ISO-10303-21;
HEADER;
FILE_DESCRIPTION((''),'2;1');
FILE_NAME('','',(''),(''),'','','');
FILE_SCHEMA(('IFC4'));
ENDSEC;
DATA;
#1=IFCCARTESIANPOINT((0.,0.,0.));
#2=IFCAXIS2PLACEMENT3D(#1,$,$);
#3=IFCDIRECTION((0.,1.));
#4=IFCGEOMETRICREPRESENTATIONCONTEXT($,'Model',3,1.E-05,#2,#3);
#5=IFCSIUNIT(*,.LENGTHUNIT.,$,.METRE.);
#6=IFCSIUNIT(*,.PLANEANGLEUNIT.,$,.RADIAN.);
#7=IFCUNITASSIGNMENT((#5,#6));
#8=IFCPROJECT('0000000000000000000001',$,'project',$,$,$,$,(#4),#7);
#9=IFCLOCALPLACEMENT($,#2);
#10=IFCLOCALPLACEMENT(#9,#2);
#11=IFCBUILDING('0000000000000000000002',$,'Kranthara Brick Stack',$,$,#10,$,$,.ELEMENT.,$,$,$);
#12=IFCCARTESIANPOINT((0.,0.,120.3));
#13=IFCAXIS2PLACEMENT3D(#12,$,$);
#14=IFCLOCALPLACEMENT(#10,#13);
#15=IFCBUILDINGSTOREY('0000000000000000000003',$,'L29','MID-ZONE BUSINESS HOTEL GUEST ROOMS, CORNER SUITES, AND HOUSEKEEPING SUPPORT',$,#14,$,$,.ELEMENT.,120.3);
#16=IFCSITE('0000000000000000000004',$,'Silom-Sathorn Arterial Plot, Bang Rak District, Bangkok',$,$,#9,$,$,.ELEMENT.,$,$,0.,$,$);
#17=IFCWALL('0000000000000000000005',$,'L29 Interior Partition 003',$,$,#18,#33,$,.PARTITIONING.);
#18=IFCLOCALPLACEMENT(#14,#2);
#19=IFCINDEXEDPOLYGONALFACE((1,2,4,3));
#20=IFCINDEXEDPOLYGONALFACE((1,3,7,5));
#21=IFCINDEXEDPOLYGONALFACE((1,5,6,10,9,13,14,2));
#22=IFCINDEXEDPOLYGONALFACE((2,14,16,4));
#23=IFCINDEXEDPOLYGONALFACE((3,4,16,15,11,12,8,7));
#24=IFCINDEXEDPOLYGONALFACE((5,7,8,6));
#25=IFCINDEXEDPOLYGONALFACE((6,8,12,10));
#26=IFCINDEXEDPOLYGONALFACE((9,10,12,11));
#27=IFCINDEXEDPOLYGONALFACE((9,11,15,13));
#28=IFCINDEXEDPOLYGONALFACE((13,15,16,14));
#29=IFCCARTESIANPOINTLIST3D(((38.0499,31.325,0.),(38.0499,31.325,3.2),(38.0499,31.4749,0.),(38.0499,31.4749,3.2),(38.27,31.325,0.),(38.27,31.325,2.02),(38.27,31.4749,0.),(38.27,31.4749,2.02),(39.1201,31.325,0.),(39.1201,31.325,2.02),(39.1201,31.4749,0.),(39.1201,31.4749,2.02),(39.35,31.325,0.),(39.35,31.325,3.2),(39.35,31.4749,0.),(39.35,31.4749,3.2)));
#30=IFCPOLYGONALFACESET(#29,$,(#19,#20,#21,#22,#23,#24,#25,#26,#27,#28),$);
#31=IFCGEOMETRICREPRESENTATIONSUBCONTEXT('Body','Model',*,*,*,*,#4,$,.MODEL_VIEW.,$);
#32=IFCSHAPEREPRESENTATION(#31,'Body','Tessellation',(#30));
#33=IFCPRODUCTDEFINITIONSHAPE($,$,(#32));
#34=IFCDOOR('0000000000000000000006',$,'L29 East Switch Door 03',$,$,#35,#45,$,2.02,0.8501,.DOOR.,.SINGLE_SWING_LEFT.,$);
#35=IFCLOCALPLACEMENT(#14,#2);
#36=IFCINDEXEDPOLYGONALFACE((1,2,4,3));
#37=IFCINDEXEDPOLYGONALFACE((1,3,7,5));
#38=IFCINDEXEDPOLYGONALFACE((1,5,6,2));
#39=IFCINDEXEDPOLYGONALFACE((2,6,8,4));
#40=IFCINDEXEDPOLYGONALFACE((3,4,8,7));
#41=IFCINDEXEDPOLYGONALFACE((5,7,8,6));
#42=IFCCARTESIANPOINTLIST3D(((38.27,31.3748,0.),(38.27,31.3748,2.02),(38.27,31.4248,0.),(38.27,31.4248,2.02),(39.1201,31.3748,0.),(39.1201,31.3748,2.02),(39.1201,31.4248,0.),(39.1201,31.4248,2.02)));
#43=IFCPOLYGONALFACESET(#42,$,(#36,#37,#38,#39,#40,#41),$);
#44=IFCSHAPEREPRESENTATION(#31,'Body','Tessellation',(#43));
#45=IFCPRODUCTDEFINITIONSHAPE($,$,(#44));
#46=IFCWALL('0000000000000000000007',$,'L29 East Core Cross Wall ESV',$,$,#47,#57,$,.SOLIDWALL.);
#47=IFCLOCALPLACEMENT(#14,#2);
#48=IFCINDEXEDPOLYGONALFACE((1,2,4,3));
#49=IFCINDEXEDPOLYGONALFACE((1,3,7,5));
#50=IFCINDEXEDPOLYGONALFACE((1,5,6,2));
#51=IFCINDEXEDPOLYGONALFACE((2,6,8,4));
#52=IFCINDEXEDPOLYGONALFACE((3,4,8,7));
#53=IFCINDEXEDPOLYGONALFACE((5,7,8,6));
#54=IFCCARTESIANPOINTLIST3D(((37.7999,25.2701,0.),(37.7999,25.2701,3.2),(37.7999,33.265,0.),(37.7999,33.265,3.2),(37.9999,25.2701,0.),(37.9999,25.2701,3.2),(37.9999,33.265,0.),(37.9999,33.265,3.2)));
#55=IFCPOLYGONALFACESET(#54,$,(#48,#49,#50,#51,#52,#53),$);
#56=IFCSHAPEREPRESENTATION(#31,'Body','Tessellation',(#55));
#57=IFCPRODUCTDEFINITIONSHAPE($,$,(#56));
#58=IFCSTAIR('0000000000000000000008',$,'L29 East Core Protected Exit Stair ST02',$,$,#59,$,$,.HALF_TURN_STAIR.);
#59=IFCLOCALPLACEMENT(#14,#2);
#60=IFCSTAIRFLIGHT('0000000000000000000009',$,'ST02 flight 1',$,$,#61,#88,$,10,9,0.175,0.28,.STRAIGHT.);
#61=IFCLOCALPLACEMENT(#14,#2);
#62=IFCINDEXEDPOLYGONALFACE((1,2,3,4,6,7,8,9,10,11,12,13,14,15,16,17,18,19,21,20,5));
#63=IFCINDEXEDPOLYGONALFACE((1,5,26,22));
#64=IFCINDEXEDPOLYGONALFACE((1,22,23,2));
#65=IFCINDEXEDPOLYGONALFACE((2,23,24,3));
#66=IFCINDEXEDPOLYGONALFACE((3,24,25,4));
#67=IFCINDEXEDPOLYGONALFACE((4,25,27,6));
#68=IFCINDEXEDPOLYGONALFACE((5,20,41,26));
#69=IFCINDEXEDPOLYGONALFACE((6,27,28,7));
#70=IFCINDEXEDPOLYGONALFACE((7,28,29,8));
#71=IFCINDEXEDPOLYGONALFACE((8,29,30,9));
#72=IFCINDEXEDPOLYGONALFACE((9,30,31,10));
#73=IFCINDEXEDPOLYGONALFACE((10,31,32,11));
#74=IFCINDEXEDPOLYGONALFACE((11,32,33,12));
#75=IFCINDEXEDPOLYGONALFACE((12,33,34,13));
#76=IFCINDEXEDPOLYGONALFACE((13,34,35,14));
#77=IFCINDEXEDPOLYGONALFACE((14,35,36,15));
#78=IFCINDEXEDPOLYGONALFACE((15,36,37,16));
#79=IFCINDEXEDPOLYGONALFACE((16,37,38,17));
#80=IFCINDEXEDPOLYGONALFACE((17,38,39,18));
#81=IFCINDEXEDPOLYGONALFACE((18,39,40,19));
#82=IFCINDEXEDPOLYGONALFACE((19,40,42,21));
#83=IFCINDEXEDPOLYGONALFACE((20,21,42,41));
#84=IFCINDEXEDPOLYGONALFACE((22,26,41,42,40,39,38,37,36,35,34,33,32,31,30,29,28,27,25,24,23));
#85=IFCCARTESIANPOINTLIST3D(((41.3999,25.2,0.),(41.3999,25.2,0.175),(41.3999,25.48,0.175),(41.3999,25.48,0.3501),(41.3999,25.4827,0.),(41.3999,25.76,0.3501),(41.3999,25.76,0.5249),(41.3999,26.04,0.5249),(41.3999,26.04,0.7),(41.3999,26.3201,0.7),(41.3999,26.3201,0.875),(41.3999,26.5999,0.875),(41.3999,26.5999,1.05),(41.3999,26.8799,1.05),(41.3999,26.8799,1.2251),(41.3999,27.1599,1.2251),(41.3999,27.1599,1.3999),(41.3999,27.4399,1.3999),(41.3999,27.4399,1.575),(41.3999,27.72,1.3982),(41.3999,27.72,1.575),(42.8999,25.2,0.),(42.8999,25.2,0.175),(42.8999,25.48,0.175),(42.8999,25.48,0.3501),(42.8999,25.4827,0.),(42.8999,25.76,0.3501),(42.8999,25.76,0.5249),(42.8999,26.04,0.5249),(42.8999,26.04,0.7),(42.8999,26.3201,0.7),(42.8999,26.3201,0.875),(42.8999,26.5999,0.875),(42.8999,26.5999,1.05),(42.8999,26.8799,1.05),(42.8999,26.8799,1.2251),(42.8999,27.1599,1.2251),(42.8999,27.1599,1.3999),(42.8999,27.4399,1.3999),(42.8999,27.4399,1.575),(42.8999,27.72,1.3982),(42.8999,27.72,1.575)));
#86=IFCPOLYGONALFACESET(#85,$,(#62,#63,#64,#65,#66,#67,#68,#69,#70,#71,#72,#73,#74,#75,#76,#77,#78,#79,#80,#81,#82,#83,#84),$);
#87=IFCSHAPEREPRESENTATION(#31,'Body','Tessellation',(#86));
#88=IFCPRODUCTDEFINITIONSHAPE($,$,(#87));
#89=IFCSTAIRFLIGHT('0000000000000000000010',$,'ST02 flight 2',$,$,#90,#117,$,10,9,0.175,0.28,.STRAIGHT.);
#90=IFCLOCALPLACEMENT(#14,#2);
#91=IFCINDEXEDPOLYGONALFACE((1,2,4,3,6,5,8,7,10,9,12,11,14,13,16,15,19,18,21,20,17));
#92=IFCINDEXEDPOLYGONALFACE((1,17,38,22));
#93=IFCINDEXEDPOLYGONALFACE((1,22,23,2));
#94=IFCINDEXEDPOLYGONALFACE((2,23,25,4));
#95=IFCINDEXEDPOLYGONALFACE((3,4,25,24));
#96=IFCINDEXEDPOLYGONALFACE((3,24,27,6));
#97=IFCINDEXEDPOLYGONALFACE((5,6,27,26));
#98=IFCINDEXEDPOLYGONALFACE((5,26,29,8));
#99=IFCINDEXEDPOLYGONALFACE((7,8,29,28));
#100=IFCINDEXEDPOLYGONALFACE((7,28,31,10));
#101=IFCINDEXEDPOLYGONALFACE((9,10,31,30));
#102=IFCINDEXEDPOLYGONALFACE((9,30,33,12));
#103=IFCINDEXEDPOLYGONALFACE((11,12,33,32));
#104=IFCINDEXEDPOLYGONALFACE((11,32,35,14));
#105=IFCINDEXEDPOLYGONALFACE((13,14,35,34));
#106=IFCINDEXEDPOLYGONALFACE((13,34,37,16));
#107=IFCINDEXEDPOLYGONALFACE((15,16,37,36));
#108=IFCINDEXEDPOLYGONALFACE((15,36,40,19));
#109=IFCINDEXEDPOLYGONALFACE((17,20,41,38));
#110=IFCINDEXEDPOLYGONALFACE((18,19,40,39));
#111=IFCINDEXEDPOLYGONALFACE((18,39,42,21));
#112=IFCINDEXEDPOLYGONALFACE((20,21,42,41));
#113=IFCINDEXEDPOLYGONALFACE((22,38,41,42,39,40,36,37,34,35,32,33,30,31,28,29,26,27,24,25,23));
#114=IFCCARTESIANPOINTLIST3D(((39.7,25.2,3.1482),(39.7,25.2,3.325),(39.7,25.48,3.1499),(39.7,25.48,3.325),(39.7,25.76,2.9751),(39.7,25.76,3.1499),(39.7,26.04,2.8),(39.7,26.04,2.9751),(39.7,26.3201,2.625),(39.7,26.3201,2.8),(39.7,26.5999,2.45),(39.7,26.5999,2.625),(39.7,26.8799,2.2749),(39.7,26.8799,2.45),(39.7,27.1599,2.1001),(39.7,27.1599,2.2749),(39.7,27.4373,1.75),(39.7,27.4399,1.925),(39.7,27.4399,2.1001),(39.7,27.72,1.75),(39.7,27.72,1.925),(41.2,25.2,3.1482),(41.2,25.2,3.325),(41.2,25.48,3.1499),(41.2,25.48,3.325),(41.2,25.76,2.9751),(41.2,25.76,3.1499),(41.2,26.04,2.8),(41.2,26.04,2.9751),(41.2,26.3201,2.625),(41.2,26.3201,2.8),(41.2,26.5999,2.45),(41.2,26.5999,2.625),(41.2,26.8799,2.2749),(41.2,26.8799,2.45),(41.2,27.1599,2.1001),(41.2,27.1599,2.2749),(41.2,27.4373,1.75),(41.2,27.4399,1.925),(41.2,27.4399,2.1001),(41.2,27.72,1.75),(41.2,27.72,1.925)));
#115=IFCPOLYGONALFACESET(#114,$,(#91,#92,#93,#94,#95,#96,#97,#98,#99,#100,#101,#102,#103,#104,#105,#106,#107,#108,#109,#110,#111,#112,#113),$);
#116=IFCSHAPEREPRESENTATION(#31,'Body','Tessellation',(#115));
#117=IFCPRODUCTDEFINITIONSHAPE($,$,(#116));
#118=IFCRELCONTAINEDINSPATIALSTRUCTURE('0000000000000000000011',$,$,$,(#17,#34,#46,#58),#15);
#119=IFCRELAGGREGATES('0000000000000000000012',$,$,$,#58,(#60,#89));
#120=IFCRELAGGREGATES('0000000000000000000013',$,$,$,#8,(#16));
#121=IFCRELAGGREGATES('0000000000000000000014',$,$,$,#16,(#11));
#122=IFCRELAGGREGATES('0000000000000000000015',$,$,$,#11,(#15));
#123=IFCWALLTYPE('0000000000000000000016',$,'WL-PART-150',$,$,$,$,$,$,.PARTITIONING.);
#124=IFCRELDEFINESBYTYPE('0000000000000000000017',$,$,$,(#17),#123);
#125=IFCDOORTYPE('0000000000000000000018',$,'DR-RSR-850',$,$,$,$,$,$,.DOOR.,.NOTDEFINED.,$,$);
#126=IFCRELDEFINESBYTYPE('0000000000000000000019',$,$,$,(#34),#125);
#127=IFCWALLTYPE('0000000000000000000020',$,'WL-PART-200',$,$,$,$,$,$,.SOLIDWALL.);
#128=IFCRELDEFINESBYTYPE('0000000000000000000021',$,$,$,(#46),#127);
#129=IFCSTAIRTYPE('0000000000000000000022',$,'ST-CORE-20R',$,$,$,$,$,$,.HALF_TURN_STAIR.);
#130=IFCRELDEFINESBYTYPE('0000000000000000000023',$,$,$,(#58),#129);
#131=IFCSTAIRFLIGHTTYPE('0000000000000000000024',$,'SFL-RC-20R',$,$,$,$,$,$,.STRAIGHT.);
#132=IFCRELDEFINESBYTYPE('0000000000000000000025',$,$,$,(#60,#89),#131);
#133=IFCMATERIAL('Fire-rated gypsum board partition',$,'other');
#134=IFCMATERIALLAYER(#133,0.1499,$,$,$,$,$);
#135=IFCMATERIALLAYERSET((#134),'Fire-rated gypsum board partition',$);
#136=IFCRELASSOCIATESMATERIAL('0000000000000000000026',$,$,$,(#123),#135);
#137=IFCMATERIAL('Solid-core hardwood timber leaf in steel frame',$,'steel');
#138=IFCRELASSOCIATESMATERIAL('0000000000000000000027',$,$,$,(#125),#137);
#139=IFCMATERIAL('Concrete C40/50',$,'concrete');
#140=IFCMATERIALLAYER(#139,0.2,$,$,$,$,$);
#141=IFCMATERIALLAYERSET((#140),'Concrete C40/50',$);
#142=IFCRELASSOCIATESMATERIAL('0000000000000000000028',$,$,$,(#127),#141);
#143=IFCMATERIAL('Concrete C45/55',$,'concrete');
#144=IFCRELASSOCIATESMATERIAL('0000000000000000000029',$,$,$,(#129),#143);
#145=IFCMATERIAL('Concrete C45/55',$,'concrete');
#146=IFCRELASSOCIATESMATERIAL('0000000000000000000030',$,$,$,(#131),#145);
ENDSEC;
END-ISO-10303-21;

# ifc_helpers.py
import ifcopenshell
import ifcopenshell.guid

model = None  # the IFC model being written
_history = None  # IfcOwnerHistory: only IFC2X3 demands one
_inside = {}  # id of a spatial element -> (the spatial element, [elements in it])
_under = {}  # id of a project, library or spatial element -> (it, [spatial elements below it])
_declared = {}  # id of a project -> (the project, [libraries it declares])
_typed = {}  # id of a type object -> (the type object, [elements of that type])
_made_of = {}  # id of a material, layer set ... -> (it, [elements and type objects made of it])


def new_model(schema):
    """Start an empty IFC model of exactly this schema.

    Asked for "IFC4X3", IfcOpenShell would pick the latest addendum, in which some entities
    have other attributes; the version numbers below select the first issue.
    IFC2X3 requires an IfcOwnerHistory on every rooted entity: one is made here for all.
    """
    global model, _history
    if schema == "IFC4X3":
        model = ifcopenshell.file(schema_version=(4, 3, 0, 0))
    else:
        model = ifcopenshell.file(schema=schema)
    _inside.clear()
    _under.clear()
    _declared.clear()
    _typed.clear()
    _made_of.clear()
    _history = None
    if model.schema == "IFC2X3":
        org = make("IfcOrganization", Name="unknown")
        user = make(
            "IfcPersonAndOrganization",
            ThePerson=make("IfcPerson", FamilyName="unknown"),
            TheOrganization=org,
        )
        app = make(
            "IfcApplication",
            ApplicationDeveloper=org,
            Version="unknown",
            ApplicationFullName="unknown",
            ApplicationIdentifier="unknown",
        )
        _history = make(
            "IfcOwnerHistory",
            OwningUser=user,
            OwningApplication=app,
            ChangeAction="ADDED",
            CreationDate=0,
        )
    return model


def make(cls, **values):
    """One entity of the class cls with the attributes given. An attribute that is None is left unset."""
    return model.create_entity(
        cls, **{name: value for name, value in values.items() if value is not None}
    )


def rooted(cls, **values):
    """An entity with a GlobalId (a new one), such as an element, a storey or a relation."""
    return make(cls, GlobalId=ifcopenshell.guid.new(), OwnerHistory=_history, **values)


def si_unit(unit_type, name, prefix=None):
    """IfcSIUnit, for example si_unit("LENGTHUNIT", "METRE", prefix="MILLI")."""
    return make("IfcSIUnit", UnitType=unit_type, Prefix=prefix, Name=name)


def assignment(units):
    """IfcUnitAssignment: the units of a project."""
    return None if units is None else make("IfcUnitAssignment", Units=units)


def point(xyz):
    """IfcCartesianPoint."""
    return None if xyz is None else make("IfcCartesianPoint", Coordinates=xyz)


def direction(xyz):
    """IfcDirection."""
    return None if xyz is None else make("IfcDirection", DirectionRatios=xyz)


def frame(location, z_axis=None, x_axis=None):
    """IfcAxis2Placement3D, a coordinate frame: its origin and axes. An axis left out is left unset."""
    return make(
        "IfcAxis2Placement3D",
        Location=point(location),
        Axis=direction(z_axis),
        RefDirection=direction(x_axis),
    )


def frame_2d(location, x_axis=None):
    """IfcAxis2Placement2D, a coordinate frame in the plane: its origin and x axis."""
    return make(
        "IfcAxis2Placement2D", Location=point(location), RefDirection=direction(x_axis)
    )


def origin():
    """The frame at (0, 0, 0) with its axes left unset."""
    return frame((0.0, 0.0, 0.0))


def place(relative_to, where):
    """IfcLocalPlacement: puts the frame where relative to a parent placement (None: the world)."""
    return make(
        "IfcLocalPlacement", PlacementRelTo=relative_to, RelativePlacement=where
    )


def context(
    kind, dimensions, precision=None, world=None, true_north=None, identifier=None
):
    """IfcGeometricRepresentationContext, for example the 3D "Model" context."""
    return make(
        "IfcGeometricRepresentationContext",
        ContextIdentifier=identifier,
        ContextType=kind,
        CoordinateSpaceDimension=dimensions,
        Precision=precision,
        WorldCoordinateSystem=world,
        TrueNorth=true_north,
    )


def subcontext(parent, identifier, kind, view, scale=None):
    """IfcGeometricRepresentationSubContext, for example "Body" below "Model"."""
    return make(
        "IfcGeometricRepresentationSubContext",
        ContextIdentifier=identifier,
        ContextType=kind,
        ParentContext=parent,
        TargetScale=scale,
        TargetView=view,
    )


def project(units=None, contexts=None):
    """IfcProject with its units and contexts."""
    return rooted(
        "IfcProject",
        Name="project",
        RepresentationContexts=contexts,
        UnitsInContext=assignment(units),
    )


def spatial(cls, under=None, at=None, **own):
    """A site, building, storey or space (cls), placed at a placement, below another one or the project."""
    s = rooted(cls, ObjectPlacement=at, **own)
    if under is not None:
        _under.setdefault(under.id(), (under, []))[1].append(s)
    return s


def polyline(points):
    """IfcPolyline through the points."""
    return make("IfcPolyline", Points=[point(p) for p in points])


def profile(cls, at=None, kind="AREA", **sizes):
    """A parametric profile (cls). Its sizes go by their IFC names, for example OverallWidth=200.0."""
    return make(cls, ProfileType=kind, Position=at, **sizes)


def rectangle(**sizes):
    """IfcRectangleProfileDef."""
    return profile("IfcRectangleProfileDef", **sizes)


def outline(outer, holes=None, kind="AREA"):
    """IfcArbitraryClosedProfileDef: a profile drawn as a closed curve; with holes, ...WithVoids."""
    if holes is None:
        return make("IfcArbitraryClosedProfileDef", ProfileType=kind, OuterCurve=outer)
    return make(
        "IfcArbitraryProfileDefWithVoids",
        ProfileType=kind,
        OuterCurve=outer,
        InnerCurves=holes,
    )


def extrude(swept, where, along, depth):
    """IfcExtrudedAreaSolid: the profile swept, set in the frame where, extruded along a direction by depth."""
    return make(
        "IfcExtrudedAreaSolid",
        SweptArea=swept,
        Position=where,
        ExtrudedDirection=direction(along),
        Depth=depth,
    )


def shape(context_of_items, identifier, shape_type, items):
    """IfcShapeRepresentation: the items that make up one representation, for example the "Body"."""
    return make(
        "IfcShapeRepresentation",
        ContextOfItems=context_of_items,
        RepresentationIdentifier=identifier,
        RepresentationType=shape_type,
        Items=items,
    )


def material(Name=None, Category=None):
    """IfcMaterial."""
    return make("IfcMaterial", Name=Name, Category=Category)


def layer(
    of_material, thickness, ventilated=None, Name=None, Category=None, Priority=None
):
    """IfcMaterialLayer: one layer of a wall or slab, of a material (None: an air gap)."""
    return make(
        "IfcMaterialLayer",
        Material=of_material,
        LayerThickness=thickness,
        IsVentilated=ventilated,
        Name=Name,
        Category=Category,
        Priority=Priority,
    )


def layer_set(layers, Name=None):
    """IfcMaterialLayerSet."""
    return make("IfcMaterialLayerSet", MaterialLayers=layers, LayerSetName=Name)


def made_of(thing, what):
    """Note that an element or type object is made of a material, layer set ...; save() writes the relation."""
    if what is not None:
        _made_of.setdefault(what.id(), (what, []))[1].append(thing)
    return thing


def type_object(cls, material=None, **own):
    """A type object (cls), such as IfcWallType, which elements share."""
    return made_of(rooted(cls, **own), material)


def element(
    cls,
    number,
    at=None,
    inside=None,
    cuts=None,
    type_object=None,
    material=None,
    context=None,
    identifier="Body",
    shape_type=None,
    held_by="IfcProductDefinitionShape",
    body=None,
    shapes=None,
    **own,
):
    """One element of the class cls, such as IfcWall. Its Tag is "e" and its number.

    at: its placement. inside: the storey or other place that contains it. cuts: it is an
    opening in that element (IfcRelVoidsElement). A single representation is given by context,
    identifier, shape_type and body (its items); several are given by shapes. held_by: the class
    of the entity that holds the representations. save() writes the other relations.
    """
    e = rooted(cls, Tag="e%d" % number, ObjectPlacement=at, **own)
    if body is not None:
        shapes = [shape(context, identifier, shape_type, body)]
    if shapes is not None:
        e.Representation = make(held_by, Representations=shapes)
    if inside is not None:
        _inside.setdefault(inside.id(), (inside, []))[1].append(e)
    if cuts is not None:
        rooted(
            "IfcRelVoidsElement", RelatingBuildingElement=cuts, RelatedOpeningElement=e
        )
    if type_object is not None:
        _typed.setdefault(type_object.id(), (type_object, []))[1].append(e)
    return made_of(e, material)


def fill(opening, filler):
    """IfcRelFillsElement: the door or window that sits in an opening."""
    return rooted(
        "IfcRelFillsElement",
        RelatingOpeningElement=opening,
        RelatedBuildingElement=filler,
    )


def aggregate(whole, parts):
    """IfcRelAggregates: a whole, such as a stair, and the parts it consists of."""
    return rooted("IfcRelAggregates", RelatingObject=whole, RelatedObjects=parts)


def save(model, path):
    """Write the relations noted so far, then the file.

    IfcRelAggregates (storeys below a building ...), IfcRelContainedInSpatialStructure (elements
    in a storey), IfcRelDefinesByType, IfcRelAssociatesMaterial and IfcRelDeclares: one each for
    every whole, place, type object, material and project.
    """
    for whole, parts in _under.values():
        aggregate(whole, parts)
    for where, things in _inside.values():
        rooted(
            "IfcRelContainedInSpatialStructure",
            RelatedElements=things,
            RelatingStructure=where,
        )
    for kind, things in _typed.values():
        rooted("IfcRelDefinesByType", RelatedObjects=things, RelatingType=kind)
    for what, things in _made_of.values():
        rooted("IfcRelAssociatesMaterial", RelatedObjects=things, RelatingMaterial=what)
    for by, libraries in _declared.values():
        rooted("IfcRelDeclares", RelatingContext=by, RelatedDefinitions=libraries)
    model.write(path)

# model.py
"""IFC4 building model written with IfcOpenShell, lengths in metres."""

from ifc_helpers import new_model, si_unit, direction, frame, frame_2d, origin, place, context, subcontext, project, spatial, polyline, rectangle, outline, extrude, material, layer, layer_set, type_object, element, fill, aggregate, save


model = new_model("IFC4")

# Units and contexts
model_context = context("Model", 3, precision=1e-05, world=origin(), true_north=direction((0.0, 1.0)))
body_context = subcontext(model_context, "Body", "Model", "MODEL_VIEW")
ifc_project = project(units=[si_unit("LENGTHUNIT", "METRE"), si_unit("PLANEANGLEUNIT", "RADIAN")], contexts=[model_context])

# Site, building, storey
site_placement = place(None, origin())
site = spatial("IfcSite", under=ifc_project, at=site_placement, Name="Silom-Sathorn Arterial Plot, Bang Rak District, Bangkok", CompositionType="ELEMENT", RefElevation=0.0)
building_placement = place(site_placement, origin())
building = spatial("IfcBuilding", under=site, at=building_placement, Name="Kranthara Brick Stack", CompositionType="ELEMENT")
storey_placement = place(building_placement, frame((0.0, 0.0, 120.3)))
storey = spatial("IfcBuildingStorey", under=building, at=storey_placement, Name="L29", Description="MID-ZONE BUSINESS HOTEL GUEST ROOMS, CORNER SUITES, AND HOUSEKEEPING SUPPORT", CompositionType="ELEMENT", Elevation=120.3)

# Wall, opening, door
ifc_material_1 = material(Name="Fire-rated gypsum board partition", Category="other")
ifc_layer_1 = layer(ifc_material_1, 0.1499)
ifc_layer_set_1 = layer_set([ifc_layer_1], Name="Fire-rated gypsum board partition")
wall_type_1 = type_object("IfcWallType", Name="WL-PART-150", PredefinedType="PARTITIONING", material=ifc_layer_set_1)
ifc_material_2 = material(Name="Solid-core hardwood timber leaf in steel frame", Category="steel")
door_type = type_object("IfcDoorType", Name="DR-RSR-850", OperationType="NOTDEFINED", PredefinedType="DOOR", material=ifc_material_2)
wall_1_placement = place(storey_placement, frame((38.05, 31.3999, 0.0), z_axis=(0.0, 0.0, 1.0), x_axis=(1.0, 0.0, 0.0)))
wall_1 = element("IfcWall", 1, at=wall_1_placement, inside=storey, type_object=wall_type_1, Name="L29 Interior Partition 003", PredefinedType="PARTITIONING", context=body_context, shape_type="SweptSolid", body=[
    extrude(rectangle(XDim=1.3, YDim=0.1499, at=frame_2d((0.6499, 0.0))), origin(), (0.0, 0.0, 1.0), 3.2),
])
opening_1_placement = place(wall_1_placement, frame((0.22, 0.0, 0.0)))
opening_1 = element("IfcOpeningElement", 2, at=opening_1_placement, cuts=wall_1, PredefinedType="OPENING", context=body_context, shape_type="SweptSolid", body=[
    extrude(rectangle(XDim=0.8501, YDim=2.02, at=frame_2d((0.425, 1.01))), frame((0.0, 0.085, 0.0), z_axis=(0.0, -1.0, 0.0), x_axis=(1.0, 0.0, 0.0)), (0.0, 0.0, 1.0), 0.1699),
])
door_1_placement = place(opening_1_placement, origin())
door_1 = element("IfcDoor", 3, at=door_1_placement, inside=storey, type_object=door_type, Name="L29 East Switch Door 03", OperationType="SINGLE_SWING_LEFT", OverallHeight=2.02, OverallWidth=0.8501, PredefinedType="DOOR", context=body_context, shape_type="SweptSolid", body=[
    extrude(rectangle(XDim=0.8501, YDim=2.02, at=frame_2d((0.425, 1.01))), frame((0.0, 0.0249, 0.0), z_axis=(0.0, -1.0, 0.0), x_axis=(1.0, 0.0, 0.0)), (0.0, 0.0, 1.0), 0.05),
])
fill(opening_1, door_1)

# Wall
ifc_material_3 = material(Name="Concrete C40/50", Category="concrete")
ifc_layer_2 = layer(ifc_material_3, 0.2)
ifc_layer_set_2 = layer_set([ifc_layer_2], Name="Concrete C40/50")
wall_type_2 = type_object("IfcWallType", Name="WL-PART-200", PredefinedType="SOLIDWALL", material=ifc_layer_set_2)
wall_2_placement = place(storey_placement, frame((37.8999, 25.27, 0.0), z_axis=(0.0, 0.0, 1.0), x_axis=(0.0, 1.0, 0.0)))
element("IfcWall", 4, at=wall_2_placement, inside=storey, type_object=wall_type_2, Name="L29 East Core Cross Wall ESV", PredefinedType="SOLIDWALL", context=body_context, shape_type="SweptSolid", body=[
    extrude(rectangle(XDim=7.9949, YDim=0.2, at=frame_2d((3.9976, 0.0))), origin(), (0.0, 0.0, 1.0), 3.2),
])

# Stair, stair flights
ifc_material_4 = material(Name="Concrete C45/55", Category="concrete")
stair_type = type_object("IfcStairType", Name="ST-CORE-20R", PredefinedType="HALF_TURN_STAIR", material=ifc_material_4)
stair_placement = place(storey_placement, origin())
stair = element("IfcStair", 5, at=stair_placement, inside=storey, type_object=stair_type, Name="L29 East Core Protected Exit Stair ST02", PredefinedType="HALF_TURN_STAIR")
ifc_material_5 = material(Name="Concrete C45/55", Category="concrete")
stair_flight_type = type_object("IfcStairFlightType", Name="SFL-RC-20R", PredefinedType="STRAIGHT", material=ifc_material_5)
stair_flight_1_placement = place(storey_placement, frame((42.1499, 25.2, 0.0), z_axis=(0.0, 0.0, 1.0), x_axis=(0.0, 1.0, 0.0)))
stair_flight_1 = element("IfcStairFlight", 6, at=stair_flight_1_placement, type_object=stair_flight_type, Name="ST02 flight 1", NumberOfRisers=10, NumberOfTreads=9, PredefinedType="STRAIGHT", RiserHeight=0.175, TreadLength=0.28, context=body_context, shape_type="SweptSolid", body=[
    extrude(outline(polyline([(0.0, 0.0), (0.0, 0.175), (0.28, 0.175), (0.28, 0.3501), (0.5601, 0.3501), (0.5601, 0.5249), (0.8401, 0.5249), (0.8401, 0.7), (1.1201, 0.7), (1.1201, 0.875), (1.3999, 0.875), (1.3999, 1.05), (1.6799, 1.05), (1.6799, 1.2251), (1.96, 1.2251), (1.96, 1.3999), (2.24, 1.3999), (2.24, 1.575), (2.52, 1.575), (2.52, 1.75), (2.52, 1.3982), (0.2827, 0.0), (0.0, 0.0)])), frame((0.0, 0.75, 0.0), z_axis=(0.0, -1.0, 0.0), x_axis=(1.0, 0.0, 0.0)), (0.0, 0.0, 1.0), 1.5),
])
stair_flight_2_placement = place(storey_placement, frame((40.45, 27.72, 1.75), z_axis=(0.0, 0.0, 1.0), x_axis=(0.0, -1.0, 0.0)))
stair_flight_2 = element("IfcStairFlight", 7, at=stair_flight_2_placement, type_object=stair_flight_type, Name="ST02 flight 2", NumberOfRisers=10, NumberOfTreads=9, PredefinedType="STRAIGHT", RiserHeight=0.175, TreadLength=0.28, context=body_context, shape_type="SweptSolid", body=[
    extrude(outline(polyline([(0.0, 0.0), (0.0, 0.175), (0.28, 0.175), (0.28, 0.3501), (0.5601, 0.3501), (0.5601, 0.5249), (0.8401, 0.5249), (0.8401, 0.7), (1.1201, 0.7), (1.1201, 0.875), (1.3999, 0.875), (1.3999, 1.05), (1.6799, 1.05), (1.6799, 1.2251), (1.96, 1.2251), (1.96, 1.3999), (2.24, 1.3999), (2.24, 1.575), (2.52, 1.575), (2.52, 1.75), (2.52, 1.3982), (0.2827, 0.0), (0.0, 0.0)])), frame((0.0, 0.75, 0.0), z_axis=(0.0, -1.0, 0.0), x_axis=(1.0, 0.0, 0.0)), (0.0, 0.0, 1.0), 1.5),
])
aggregate(stair, [stair_flight_1, stair_flight_2])

save(model, "model.ifc")
